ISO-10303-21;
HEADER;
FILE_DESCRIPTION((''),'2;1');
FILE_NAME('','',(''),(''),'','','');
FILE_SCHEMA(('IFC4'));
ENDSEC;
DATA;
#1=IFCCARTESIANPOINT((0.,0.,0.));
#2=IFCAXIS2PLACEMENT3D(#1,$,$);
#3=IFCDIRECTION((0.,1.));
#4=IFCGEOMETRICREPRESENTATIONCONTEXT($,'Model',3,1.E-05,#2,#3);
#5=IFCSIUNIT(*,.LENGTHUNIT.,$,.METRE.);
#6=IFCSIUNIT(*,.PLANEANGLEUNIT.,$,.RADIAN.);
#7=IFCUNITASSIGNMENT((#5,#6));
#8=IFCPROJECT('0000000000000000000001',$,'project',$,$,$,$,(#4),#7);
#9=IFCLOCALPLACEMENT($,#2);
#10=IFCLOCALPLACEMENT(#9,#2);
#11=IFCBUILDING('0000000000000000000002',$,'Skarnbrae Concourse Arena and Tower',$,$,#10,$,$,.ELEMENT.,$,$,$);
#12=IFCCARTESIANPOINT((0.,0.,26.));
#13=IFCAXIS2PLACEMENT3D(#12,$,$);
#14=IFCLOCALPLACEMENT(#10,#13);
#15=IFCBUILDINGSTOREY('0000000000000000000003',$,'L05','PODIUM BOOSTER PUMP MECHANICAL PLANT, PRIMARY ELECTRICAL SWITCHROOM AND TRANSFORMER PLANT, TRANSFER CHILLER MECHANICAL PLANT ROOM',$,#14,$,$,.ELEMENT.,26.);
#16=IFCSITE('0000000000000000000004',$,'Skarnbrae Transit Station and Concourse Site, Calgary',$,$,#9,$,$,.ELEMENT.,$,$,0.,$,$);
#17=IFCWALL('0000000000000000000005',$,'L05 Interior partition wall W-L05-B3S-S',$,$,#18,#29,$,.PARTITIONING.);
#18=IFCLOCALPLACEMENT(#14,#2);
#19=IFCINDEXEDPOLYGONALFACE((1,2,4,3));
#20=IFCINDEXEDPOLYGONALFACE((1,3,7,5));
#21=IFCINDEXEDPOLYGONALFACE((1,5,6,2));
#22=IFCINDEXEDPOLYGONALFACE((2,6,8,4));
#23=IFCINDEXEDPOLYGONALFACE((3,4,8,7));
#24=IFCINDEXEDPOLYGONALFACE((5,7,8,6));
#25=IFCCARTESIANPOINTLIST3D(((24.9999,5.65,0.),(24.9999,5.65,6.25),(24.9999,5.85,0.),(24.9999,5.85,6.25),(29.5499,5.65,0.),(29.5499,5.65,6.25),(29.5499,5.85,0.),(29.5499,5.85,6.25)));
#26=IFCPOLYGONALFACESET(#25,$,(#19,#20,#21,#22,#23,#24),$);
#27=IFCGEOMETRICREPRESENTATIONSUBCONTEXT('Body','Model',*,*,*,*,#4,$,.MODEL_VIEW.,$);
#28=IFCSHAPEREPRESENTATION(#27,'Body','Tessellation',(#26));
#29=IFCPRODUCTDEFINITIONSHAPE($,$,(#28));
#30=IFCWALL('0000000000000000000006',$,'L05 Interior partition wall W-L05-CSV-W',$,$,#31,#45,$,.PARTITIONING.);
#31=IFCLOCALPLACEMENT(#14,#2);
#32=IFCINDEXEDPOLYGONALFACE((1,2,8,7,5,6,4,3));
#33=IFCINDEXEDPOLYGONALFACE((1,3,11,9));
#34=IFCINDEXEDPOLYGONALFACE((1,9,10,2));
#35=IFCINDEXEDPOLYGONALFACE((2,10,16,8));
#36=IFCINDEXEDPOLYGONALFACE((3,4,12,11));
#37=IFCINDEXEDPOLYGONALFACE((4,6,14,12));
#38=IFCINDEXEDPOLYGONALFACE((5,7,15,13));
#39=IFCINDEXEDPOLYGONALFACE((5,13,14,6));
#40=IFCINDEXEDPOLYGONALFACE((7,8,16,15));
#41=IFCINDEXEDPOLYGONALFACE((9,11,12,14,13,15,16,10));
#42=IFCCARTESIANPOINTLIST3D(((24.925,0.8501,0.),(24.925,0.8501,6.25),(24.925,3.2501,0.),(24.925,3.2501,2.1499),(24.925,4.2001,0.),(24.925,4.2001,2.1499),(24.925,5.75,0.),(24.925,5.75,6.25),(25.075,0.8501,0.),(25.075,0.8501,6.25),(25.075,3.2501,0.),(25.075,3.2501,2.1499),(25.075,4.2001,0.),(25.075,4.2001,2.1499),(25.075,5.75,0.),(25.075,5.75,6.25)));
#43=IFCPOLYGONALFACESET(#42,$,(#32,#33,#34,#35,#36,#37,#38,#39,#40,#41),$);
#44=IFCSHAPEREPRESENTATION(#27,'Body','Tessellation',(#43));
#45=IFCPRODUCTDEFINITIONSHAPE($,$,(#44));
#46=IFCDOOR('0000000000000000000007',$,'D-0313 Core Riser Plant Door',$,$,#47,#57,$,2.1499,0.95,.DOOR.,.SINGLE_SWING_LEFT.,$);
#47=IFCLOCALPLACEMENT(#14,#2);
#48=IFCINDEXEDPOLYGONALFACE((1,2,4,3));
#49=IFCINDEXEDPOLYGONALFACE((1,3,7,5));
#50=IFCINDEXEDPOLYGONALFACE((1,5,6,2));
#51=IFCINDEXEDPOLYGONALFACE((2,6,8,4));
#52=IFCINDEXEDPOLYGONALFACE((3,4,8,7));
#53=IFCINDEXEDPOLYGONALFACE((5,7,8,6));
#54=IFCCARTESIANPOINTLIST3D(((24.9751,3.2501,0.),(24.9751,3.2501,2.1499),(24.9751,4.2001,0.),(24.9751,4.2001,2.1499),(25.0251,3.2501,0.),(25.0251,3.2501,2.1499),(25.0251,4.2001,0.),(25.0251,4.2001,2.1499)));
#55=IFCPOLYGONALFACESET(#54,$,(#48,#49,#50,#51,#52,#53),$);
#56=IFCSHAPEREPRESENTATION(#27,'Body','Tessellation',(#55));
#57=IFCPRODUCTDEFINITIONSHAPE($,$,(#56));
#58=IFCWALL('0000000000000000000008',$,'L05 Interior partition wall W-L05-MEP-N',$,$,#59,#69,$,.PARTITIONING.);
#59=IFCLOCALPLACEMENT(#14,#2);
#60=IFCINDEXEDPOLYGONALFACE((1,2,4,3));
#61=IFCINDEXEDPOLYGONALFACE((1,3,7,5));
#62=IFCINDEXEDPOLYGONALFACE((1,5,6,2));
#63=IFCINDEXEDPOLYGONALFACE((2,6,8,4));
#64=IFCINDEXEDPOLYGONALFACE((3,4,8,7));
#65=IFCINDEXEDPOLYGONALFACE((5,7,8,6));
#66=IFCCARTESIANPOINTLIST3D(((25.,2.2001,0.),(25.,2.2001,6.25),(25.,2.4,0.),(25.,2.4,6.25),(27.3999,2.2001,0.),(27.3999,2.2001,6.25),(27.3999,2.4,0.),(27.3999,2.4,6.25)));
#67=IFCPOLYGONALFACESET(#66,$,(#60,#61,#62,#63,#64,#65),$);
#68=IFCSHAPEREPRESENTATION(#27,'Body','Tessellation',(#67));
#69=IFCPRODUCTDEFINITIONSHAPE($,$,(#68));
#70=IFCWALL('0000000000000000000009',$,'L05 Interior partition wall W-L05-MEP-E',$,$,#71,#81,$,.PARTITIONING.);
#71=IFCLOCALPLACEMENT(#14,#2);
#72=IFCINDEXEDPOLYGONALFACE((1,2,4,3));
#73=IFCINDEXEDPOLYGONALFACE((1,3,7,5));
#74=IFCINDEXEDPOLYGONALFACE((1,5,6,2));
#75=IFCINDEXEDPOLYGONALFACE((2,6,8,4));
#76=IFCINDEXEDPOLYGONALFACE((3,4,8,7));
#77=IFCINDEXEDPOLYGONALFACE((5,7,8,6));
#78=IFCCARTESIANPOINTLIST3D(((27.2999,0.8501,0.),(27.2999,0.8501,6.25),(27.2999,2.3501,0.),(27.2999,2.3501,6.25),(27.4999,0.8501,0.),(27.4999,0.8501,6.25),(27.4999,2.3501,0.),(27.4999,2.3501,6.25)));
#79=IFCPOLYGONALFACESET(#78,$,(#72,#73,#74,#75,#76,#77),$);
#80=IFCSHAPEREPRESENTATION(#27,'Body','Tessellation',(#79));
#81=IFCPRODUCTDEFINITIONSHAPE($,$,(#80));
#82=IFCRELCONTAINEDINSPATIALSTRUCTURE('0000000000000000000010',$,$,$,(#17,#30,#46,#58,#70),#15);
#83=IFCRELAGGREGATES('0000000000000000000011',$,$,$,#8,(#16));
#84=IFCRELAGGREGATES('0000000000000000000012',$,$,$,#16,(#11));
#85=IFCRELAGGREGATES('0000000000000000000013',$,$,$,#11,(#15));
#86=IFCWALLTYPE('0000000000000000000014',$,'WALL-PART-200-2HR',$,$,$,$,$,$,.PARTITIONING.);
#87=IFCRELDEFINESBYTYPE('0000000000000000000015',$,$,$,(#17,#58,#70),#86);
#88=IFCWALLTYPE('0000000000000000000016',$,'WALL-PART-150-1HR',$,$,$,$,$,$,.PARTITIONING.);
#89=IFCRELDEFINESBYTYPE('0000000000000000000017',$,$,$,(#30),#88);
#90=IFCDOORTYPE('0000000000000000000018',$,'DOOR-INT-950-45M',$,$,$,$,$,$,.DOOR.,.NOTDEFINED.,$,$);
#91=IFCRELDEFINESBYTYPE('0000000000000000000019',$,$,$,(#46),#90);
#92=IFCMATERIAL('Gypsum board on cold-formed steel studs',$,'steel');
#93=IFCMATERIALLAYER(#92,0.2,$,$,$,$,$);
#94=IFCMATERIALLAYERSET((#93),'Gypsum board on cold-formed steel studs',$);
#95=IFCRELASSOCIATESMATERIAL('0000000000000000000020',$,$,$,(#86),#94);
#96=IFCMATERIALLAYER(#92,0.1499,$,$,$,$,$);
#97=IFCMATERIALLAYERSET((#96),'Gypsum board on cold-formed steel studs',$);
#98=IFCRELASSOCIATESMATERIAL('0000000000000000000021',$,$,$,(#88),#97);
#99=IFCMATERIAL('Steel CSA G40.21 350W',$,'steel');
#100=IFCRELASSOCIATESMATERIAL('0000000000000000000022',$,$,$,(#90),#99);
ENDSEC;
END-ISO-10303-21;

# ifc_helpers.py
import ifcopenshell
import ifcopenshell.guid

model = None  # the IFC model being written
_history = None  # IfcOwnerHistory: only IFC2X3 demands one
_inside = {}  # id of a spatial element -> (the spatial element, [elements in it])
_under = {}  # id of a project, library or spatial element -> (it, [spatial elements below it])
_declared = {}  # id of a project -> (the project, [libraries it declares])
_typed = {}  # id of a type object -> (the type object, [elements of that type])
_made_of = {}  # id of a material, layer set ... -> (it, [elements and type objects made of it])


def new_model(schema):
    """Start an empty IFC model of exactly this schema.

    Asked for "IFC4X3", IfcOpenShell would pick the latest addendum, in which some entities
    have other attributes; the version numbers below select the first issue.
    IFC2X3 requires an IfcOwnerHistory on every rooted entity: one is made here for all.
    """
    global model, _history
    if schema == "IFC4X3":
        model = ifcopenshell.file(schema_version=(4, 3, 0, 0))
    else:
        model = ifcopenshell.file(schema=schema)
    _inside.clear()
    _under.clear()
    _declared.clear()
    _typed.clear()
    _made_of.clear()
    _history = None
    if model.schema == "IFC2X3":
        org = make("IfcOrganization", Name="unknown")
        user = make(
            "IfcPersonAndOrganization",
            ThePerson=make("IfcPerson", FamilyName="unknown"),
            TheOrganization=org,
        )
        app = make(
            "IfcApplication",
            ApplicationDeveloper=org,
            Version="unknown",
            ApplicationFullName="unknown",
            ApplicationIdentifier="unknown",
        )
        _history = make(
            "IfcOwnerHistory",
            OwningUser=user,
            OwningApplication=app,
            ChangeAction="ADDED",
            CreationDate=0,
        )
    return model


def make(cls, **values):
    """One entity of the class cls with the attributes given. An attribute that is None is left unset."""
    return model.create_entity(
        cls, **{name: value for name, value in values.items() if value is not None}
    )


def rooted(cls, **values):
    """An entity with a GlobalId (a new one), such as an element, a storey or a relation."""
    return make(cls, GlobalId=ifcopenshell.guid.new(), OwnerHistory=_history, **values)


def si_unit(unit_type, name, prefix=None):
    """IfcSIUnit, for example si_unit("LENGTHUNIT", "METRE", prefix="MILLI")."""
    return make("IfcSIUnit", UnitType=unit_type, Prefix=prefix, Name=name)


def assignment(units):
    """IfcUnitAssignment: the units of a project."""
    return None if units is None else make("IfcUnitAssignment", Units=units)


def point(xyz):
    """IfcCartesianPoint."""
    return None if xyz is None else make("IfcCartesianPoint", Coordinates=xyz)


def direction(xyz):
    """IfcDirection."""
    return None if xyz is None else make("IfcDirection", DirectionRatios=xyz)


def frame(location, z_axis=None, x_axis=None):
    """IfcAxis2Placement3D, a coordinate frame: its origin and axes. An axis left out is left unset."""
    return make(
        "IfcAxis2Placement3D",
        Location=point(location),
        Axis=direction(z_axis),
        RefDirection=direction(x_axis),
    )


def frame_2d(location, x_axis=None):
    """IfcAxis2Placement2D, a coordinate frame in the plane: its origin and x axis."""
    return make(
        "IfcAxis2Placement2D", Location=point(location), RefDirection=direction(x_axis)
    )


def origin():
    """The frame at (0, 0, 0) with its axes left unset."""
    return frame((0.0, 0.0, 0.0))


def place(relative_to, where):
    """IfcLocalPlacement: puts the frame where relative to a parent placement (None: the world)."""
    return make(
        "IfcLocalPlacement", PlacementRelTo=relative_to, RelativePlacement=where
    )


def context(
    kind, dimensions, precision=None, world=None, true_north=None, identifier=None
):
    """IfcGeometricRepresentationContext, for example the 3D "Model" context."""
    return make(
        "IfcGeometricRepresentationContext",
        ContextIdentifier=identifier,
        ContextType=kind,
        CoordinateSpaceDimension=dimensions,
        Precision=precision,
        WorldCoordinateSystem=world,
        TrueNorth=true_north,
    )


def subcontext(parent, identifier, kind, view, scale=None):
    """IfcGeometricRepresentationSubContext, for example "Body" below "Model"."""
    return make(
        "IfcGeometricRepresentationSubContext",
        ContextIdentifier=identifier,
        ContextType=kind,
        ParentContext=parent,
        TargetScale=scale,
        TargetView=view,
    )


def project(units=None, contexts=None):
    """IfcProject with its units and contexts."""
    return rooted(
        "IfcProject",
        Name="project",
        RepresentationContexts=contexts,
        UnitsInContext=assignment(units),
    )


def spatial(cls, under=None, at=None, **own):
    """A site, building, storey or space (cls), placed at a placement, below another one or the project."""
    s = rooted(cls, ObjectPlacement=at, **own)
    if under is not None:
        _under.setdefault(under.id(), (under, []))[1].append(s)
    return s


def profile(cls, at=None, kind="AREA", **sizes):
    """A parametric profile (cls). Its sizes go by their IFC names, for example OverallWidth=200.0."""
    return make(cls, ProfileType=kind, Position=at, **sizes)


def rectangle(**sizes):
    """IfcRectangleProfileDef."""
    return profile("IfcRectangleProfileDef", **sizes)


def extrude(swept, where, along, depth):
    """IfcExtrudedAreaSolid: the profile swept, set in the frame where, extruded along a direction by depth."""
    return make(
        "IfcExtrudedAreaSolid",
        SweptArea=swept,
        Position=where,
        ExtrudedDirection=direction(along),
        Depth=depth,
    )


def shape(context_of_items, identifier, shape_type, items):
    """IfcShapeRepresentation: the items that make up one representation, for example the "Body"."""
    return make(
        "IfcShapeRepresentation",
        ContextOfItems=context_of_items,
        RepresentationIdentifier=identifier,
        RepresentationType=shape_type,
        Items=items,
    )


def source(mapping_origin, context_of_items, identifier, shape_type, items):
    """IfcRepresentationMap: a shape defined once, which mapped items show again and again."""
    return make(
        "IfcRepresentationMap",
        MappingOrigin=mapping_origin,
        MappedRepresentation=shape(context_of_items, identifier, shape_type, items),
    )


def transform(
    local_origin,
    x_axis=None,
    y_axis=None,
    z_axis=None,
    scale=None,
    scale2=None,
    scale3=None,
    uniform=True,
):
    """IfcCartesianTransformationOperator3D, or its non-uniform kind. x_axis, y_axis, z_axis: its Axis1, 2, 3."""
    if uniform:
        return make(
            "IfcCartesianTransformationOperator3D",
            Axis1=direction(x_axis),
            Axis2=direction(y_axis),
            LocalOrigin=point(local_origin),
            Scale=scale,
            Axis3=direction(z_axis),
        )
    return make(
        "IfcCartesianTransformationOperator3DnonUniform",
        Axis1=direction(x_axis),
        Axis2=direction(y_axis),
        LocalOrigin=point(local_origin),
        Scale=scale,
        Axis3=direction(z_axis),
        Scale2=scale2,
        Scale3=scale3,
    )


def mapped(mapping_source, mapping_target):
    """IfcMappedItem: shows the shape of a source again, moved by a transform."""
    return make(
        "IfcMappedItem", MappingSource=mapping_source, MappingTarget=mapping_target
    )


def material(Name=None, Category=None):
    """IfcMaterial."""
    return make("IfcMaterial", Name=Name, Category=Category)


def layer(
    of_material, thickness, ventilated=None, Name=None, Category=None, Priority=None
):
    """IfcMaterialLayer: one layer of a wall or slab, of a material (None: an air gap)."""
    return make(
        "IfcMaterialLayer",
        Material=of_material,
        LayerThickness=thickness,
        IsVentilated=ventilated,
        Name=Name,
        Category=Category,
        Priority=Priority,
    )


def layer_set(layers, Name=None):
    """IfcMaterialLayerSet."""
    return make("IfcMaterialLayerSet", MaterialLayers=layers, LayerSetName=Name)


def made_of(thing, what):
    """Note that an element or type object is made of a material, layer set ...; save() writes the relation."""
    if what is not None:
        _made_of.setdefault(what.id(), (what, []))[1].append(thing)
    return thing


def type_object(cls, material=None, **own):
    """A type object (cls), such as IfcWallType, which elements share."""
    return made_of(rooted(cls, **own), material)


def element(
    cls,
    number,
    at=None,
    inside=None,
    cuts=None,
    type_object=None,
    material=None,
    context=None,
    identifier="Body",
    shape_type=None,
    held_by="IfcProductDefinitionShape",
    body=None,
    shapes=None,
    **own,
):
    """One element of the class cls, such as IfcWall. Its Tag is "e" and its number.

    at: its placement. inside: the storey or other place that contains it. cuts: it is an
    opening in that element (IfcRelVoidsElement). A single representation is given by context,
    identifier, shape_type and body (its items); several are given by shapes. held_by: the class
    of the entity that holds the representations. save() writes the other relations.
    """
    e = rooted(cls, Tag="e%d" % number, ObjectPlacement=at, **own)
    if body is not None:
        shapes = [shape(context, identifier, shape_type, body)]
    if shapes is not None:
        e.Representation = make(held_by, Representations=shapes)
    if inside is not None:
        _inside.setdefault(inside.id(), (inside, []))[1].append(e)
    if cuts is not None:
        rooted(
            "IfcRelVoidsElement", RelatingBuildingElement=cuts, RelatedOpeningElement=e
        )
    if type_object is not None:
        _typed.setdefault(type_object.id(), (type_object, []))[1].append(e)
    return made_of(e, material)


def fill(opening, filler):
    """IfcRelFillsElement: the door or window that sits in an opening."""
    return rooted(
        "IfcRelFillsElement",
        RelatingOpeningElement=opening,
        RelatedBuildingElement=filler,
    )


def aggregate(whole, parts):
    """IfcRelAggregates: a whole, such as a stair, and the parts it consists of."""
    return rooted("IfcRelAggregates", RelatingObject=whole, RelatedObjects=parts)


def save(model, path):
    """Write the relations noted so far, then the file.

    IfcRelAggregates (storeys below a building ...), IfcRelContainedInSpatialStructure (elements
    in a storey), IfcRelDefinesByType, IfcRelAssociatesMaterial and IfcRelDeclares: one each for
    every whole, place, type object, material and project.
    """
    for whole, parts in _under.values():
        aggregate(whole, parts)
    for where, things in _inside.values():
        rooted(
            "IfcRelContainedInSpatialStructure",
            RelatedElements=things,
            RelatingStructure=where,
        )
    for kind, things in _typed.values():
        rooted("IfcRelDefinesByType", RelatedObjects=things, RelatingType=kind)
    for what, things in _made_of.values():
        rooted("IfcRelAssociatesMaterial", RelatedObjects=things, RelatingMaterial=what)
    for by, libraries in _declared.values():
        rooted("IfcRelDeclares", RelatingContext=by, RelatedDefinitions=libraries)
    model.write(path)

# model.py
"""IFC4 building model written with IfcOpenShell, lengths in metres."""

from ifc_helpers import new_model, si_unit, direction, frame, frame_2d, origin, place, context, subcontext, project, spatial, rectangle, extrude, source, transform, mapped, material, layer, layer_set, type_object, element, fill, save


model = new_model("IFC4")

# Units and contexts
model_context = context("Model", 3, precision=1e-05, world=origin(), true_north=direction((0.0, 1.0)))
body_context = subcontext(model_context, "Body", "Model", "MODEL_VIEW")
ifc_project = project(units=[si_unit("LENGTHUNIT", "METRE"), si_unit("PLANEANGLEUNIT", "RADIAN")], contexts=[model_context])

# Site, building, storey
site_placement = place(None, origin())
site = spatial("IfcSite", under=ifc_project, at=site_placement, Name="Skarnbrae Transit Station and Concourse Site, Calgary", CompositionType="ELEMENT", RefElevation=0.0)
building_placement = place(site_placement, origin())
building = spatial("IfcBuilding", under=site, at=building_placement, Name="Skarnbrae Concourse Arena and Tower", CompositionType="ELEMENT")
storey_placement = place(building_placement, frame((0.0, 0.0, 26.0)))
storey = spatial("IfcBuildingStorey", under=building, at=storey_placement, Name="L05", Description="PODIUM BOOSTER PUMP MECHANICAL PLANT, PRIMARY ELECTRICAL SWITCHROOM AND TRANSFORMER PLANT, TRANSFER CHILLER MECHANICAL PLANT ROOM", CompositionType="ELEMENT", Elevation=26.0)

# Shared definitions
ifc_material_1 = material(Name="Steel CSA G40.21 350W", Category="steel")

# Wall
ifc_material_2 = material(Name="Gypsum board on cold-formed steel studs", Category="steel")
ifc_layer_1 = layer(ifc_material_2, 0.2)
ifc_layer_set_1 = layer_set([ifc_layer_1], Name="Gypsum board on cold-formed steel studs")
wall_type_1 = type_object("IfcWallType", Name="WALL-PART-200-2HR", PredefinedType="PARTITIONING", material=ifc_layer_set_1)
shared_shape_1 = source(origin(), body_context, "Body", "SweptSolid", [
    extrude(rectangle(XDim=4.55, YDim=0.2, at=frame_2d((2.2749, 0.0))), origin(), (0.0, 0.0, 1.0), 6.25),
])
for number, where, z_axis, x_axis, name in (
    (1, (25.0, 5.75, 0.0), (0.0, 0.0, 1.0), (1.0, 0.0, 0.0), "L05 Interior partition wall W-L05-B3S-S"),
):
    element("IfcWall", number, at=place(storey_placement, frame(where, z_axis=z_axis, x_axis=x_axis)), inside=storey, type_object=wall_type_1, Name=name, PredefinedType="PARTITIONING", context=body_context, shape_type="MappedRepresentation", body=[
        mapped(shared_shape_1, transform((0.0, 0.0, 0.0))),
    ])

# Wall, opening, door
ifc_layer_2 = layer(ifc_material_2, 0.1499)
ifc_layer_set_2 = layer_set([ifc_layer_2], Name="Gypsum board on cold-formed steel studs")
wall_type_2 = type_object("IfcWallType", Name="WALL-PART-150-1HR", PredefinedType="PARTITIONING", material=ifc_layer_set_2)
shared_shape_2 = source(origin(), body_context, "Body", "SweptSolid", [
    extrude(rectangle(XDim=4.8999, YDim=0.1499, at=frame_2d((2.45, 0.0))), origin(), (0.0, 0.0, 1.0), 6.25),
])
wall_1_placement = place(storey_placement, frame((25.0, 0.8501, 0.0), z_axis=(0.0, 0.0, 1.0), x_axis=(0.0, 1.0, 0.0)))
wall_1 = element("IfcWall", 2, at=wall_1_placement, inside=storey, type_object=wall_type_2, Name="L05 Interior partition wall W-L05-CSV-W", PredefinedType="PARTITIONING", context=body_context, shape_type="MappedRepresentation", body=[
    mapped(shared_shape_2, transform((0.0, 0.0, 0.0))),
])
opening_1_placement = place(wall_1_placement, frame((2.3999, 0.0, 0.0)))
opening_1 = element("IfcOpeningElement", 3, at=opening_1_placement, cuts=wall_1, PredefinedType="OPENING", context=body_context, shape_type="SweptSolid", body=[
    extrude(rectangle(XDim=0.95, YDim=2.1499, at=frame_2d((0.4751, 1.075))), frame((0.0, 0.085, 0.0), z_axis=(0.0, -1.0, 0.0), x_axis=(1.0, 0.0, 0.0)), (0.0, 0.0, 1.0), 0.1699),
])
door_type_1 = type_object("IfcDoorType", Name="DOOR-INT-950-45M", OperationType="NOTDEFINED", PredefinedType="DOOR", material=ifc_material_1)
shared_shape_3 = source(origin(), body_context, "Body", "SweptSolid", [
    extrude(rectangle(XDim=0.95, YDim=2.1499, at=frame_2d((0.4751, 1.075))), frame((0.0, 0.0249, 0.0), z_axis=(0.0, -1.0, 0.0), x_axis=(1.0, 0.0, 0.0)), (0.0, 0.0, 1.0), 0.05),
])
door_1_placement = place(opening_1_placement, origin())
door_1 = element("IfcDoor", 4, at=door_1_placement, inside=storey, type_object=door_type_1, Name="D-0313 Core Riser Plant Door", OperationType="SINGLE_SWING_LEFT", OverallHeight=2.1499, OverallWidth=0.95, PredefinedType="DOOR", context=body_context, shape_type="MappedRepresentation", body=[
    mapped(shared_shape_3, transform((0.0, 0.0, 0.0))),
])
fill(opening_1, door_1)

# Walls
shared_shape_4 = source(origin(), body_context, "Body", "SweptSolid", [
    extrude(rectangle(XDim=2.3999, YDim=0.2, at=frame_2d((1.2, 0.0))), origin(), (0.0, 0.0, 1.0), 6.25),
])
wall_2_placement = place(storey_placement, frame((25.0, 2.3, 0.0), z_axis=(0.0, 0.0, 1.0), x_axis=(1.0, 0.0, 0.0)))
element("IfcWall", 5, at=wall_2_placement, inside=storey, type_object=wall_type_1, Name="L05 Interior partition wall W-L05-MEP-N", PredefinedType="PARTITIONING", context=body_context, shape_type="MappedRepresentation", body=[
    mapped(shared_shape_4, transform((0.0, 0.0, 0.0))),
])
shared_shape_5 = source(origin(), body_context, "Body", "SweptSolid", [
    extrude(rectangle(XDim=1.5, YDim=0.2, at=frame_2d((0.75, 0.0))), origin(), (0.0, 0.0, 1.0), 6.25),
])
wall_3_placement = place(storey_placement, frame((27.3999, 0.8501, 0.0), z_axis=(0.0, 0.0, 1.0), x_axis=(0.0, 1.0, 0.0)))
element("IfcWall", 6, at=wall_3_placement, inside=storey, type_object=wall_type_1, Name="L05 Interior partition wall W-L05-MEP-E", PredefinedType="PARTITIONING", context=body_context, shape_type="MappedRepresentation", body=[
    mapped(shared_shape_5, transform((0.0, 0.0, 0.0))),
])

save(model, "model.ifc")
